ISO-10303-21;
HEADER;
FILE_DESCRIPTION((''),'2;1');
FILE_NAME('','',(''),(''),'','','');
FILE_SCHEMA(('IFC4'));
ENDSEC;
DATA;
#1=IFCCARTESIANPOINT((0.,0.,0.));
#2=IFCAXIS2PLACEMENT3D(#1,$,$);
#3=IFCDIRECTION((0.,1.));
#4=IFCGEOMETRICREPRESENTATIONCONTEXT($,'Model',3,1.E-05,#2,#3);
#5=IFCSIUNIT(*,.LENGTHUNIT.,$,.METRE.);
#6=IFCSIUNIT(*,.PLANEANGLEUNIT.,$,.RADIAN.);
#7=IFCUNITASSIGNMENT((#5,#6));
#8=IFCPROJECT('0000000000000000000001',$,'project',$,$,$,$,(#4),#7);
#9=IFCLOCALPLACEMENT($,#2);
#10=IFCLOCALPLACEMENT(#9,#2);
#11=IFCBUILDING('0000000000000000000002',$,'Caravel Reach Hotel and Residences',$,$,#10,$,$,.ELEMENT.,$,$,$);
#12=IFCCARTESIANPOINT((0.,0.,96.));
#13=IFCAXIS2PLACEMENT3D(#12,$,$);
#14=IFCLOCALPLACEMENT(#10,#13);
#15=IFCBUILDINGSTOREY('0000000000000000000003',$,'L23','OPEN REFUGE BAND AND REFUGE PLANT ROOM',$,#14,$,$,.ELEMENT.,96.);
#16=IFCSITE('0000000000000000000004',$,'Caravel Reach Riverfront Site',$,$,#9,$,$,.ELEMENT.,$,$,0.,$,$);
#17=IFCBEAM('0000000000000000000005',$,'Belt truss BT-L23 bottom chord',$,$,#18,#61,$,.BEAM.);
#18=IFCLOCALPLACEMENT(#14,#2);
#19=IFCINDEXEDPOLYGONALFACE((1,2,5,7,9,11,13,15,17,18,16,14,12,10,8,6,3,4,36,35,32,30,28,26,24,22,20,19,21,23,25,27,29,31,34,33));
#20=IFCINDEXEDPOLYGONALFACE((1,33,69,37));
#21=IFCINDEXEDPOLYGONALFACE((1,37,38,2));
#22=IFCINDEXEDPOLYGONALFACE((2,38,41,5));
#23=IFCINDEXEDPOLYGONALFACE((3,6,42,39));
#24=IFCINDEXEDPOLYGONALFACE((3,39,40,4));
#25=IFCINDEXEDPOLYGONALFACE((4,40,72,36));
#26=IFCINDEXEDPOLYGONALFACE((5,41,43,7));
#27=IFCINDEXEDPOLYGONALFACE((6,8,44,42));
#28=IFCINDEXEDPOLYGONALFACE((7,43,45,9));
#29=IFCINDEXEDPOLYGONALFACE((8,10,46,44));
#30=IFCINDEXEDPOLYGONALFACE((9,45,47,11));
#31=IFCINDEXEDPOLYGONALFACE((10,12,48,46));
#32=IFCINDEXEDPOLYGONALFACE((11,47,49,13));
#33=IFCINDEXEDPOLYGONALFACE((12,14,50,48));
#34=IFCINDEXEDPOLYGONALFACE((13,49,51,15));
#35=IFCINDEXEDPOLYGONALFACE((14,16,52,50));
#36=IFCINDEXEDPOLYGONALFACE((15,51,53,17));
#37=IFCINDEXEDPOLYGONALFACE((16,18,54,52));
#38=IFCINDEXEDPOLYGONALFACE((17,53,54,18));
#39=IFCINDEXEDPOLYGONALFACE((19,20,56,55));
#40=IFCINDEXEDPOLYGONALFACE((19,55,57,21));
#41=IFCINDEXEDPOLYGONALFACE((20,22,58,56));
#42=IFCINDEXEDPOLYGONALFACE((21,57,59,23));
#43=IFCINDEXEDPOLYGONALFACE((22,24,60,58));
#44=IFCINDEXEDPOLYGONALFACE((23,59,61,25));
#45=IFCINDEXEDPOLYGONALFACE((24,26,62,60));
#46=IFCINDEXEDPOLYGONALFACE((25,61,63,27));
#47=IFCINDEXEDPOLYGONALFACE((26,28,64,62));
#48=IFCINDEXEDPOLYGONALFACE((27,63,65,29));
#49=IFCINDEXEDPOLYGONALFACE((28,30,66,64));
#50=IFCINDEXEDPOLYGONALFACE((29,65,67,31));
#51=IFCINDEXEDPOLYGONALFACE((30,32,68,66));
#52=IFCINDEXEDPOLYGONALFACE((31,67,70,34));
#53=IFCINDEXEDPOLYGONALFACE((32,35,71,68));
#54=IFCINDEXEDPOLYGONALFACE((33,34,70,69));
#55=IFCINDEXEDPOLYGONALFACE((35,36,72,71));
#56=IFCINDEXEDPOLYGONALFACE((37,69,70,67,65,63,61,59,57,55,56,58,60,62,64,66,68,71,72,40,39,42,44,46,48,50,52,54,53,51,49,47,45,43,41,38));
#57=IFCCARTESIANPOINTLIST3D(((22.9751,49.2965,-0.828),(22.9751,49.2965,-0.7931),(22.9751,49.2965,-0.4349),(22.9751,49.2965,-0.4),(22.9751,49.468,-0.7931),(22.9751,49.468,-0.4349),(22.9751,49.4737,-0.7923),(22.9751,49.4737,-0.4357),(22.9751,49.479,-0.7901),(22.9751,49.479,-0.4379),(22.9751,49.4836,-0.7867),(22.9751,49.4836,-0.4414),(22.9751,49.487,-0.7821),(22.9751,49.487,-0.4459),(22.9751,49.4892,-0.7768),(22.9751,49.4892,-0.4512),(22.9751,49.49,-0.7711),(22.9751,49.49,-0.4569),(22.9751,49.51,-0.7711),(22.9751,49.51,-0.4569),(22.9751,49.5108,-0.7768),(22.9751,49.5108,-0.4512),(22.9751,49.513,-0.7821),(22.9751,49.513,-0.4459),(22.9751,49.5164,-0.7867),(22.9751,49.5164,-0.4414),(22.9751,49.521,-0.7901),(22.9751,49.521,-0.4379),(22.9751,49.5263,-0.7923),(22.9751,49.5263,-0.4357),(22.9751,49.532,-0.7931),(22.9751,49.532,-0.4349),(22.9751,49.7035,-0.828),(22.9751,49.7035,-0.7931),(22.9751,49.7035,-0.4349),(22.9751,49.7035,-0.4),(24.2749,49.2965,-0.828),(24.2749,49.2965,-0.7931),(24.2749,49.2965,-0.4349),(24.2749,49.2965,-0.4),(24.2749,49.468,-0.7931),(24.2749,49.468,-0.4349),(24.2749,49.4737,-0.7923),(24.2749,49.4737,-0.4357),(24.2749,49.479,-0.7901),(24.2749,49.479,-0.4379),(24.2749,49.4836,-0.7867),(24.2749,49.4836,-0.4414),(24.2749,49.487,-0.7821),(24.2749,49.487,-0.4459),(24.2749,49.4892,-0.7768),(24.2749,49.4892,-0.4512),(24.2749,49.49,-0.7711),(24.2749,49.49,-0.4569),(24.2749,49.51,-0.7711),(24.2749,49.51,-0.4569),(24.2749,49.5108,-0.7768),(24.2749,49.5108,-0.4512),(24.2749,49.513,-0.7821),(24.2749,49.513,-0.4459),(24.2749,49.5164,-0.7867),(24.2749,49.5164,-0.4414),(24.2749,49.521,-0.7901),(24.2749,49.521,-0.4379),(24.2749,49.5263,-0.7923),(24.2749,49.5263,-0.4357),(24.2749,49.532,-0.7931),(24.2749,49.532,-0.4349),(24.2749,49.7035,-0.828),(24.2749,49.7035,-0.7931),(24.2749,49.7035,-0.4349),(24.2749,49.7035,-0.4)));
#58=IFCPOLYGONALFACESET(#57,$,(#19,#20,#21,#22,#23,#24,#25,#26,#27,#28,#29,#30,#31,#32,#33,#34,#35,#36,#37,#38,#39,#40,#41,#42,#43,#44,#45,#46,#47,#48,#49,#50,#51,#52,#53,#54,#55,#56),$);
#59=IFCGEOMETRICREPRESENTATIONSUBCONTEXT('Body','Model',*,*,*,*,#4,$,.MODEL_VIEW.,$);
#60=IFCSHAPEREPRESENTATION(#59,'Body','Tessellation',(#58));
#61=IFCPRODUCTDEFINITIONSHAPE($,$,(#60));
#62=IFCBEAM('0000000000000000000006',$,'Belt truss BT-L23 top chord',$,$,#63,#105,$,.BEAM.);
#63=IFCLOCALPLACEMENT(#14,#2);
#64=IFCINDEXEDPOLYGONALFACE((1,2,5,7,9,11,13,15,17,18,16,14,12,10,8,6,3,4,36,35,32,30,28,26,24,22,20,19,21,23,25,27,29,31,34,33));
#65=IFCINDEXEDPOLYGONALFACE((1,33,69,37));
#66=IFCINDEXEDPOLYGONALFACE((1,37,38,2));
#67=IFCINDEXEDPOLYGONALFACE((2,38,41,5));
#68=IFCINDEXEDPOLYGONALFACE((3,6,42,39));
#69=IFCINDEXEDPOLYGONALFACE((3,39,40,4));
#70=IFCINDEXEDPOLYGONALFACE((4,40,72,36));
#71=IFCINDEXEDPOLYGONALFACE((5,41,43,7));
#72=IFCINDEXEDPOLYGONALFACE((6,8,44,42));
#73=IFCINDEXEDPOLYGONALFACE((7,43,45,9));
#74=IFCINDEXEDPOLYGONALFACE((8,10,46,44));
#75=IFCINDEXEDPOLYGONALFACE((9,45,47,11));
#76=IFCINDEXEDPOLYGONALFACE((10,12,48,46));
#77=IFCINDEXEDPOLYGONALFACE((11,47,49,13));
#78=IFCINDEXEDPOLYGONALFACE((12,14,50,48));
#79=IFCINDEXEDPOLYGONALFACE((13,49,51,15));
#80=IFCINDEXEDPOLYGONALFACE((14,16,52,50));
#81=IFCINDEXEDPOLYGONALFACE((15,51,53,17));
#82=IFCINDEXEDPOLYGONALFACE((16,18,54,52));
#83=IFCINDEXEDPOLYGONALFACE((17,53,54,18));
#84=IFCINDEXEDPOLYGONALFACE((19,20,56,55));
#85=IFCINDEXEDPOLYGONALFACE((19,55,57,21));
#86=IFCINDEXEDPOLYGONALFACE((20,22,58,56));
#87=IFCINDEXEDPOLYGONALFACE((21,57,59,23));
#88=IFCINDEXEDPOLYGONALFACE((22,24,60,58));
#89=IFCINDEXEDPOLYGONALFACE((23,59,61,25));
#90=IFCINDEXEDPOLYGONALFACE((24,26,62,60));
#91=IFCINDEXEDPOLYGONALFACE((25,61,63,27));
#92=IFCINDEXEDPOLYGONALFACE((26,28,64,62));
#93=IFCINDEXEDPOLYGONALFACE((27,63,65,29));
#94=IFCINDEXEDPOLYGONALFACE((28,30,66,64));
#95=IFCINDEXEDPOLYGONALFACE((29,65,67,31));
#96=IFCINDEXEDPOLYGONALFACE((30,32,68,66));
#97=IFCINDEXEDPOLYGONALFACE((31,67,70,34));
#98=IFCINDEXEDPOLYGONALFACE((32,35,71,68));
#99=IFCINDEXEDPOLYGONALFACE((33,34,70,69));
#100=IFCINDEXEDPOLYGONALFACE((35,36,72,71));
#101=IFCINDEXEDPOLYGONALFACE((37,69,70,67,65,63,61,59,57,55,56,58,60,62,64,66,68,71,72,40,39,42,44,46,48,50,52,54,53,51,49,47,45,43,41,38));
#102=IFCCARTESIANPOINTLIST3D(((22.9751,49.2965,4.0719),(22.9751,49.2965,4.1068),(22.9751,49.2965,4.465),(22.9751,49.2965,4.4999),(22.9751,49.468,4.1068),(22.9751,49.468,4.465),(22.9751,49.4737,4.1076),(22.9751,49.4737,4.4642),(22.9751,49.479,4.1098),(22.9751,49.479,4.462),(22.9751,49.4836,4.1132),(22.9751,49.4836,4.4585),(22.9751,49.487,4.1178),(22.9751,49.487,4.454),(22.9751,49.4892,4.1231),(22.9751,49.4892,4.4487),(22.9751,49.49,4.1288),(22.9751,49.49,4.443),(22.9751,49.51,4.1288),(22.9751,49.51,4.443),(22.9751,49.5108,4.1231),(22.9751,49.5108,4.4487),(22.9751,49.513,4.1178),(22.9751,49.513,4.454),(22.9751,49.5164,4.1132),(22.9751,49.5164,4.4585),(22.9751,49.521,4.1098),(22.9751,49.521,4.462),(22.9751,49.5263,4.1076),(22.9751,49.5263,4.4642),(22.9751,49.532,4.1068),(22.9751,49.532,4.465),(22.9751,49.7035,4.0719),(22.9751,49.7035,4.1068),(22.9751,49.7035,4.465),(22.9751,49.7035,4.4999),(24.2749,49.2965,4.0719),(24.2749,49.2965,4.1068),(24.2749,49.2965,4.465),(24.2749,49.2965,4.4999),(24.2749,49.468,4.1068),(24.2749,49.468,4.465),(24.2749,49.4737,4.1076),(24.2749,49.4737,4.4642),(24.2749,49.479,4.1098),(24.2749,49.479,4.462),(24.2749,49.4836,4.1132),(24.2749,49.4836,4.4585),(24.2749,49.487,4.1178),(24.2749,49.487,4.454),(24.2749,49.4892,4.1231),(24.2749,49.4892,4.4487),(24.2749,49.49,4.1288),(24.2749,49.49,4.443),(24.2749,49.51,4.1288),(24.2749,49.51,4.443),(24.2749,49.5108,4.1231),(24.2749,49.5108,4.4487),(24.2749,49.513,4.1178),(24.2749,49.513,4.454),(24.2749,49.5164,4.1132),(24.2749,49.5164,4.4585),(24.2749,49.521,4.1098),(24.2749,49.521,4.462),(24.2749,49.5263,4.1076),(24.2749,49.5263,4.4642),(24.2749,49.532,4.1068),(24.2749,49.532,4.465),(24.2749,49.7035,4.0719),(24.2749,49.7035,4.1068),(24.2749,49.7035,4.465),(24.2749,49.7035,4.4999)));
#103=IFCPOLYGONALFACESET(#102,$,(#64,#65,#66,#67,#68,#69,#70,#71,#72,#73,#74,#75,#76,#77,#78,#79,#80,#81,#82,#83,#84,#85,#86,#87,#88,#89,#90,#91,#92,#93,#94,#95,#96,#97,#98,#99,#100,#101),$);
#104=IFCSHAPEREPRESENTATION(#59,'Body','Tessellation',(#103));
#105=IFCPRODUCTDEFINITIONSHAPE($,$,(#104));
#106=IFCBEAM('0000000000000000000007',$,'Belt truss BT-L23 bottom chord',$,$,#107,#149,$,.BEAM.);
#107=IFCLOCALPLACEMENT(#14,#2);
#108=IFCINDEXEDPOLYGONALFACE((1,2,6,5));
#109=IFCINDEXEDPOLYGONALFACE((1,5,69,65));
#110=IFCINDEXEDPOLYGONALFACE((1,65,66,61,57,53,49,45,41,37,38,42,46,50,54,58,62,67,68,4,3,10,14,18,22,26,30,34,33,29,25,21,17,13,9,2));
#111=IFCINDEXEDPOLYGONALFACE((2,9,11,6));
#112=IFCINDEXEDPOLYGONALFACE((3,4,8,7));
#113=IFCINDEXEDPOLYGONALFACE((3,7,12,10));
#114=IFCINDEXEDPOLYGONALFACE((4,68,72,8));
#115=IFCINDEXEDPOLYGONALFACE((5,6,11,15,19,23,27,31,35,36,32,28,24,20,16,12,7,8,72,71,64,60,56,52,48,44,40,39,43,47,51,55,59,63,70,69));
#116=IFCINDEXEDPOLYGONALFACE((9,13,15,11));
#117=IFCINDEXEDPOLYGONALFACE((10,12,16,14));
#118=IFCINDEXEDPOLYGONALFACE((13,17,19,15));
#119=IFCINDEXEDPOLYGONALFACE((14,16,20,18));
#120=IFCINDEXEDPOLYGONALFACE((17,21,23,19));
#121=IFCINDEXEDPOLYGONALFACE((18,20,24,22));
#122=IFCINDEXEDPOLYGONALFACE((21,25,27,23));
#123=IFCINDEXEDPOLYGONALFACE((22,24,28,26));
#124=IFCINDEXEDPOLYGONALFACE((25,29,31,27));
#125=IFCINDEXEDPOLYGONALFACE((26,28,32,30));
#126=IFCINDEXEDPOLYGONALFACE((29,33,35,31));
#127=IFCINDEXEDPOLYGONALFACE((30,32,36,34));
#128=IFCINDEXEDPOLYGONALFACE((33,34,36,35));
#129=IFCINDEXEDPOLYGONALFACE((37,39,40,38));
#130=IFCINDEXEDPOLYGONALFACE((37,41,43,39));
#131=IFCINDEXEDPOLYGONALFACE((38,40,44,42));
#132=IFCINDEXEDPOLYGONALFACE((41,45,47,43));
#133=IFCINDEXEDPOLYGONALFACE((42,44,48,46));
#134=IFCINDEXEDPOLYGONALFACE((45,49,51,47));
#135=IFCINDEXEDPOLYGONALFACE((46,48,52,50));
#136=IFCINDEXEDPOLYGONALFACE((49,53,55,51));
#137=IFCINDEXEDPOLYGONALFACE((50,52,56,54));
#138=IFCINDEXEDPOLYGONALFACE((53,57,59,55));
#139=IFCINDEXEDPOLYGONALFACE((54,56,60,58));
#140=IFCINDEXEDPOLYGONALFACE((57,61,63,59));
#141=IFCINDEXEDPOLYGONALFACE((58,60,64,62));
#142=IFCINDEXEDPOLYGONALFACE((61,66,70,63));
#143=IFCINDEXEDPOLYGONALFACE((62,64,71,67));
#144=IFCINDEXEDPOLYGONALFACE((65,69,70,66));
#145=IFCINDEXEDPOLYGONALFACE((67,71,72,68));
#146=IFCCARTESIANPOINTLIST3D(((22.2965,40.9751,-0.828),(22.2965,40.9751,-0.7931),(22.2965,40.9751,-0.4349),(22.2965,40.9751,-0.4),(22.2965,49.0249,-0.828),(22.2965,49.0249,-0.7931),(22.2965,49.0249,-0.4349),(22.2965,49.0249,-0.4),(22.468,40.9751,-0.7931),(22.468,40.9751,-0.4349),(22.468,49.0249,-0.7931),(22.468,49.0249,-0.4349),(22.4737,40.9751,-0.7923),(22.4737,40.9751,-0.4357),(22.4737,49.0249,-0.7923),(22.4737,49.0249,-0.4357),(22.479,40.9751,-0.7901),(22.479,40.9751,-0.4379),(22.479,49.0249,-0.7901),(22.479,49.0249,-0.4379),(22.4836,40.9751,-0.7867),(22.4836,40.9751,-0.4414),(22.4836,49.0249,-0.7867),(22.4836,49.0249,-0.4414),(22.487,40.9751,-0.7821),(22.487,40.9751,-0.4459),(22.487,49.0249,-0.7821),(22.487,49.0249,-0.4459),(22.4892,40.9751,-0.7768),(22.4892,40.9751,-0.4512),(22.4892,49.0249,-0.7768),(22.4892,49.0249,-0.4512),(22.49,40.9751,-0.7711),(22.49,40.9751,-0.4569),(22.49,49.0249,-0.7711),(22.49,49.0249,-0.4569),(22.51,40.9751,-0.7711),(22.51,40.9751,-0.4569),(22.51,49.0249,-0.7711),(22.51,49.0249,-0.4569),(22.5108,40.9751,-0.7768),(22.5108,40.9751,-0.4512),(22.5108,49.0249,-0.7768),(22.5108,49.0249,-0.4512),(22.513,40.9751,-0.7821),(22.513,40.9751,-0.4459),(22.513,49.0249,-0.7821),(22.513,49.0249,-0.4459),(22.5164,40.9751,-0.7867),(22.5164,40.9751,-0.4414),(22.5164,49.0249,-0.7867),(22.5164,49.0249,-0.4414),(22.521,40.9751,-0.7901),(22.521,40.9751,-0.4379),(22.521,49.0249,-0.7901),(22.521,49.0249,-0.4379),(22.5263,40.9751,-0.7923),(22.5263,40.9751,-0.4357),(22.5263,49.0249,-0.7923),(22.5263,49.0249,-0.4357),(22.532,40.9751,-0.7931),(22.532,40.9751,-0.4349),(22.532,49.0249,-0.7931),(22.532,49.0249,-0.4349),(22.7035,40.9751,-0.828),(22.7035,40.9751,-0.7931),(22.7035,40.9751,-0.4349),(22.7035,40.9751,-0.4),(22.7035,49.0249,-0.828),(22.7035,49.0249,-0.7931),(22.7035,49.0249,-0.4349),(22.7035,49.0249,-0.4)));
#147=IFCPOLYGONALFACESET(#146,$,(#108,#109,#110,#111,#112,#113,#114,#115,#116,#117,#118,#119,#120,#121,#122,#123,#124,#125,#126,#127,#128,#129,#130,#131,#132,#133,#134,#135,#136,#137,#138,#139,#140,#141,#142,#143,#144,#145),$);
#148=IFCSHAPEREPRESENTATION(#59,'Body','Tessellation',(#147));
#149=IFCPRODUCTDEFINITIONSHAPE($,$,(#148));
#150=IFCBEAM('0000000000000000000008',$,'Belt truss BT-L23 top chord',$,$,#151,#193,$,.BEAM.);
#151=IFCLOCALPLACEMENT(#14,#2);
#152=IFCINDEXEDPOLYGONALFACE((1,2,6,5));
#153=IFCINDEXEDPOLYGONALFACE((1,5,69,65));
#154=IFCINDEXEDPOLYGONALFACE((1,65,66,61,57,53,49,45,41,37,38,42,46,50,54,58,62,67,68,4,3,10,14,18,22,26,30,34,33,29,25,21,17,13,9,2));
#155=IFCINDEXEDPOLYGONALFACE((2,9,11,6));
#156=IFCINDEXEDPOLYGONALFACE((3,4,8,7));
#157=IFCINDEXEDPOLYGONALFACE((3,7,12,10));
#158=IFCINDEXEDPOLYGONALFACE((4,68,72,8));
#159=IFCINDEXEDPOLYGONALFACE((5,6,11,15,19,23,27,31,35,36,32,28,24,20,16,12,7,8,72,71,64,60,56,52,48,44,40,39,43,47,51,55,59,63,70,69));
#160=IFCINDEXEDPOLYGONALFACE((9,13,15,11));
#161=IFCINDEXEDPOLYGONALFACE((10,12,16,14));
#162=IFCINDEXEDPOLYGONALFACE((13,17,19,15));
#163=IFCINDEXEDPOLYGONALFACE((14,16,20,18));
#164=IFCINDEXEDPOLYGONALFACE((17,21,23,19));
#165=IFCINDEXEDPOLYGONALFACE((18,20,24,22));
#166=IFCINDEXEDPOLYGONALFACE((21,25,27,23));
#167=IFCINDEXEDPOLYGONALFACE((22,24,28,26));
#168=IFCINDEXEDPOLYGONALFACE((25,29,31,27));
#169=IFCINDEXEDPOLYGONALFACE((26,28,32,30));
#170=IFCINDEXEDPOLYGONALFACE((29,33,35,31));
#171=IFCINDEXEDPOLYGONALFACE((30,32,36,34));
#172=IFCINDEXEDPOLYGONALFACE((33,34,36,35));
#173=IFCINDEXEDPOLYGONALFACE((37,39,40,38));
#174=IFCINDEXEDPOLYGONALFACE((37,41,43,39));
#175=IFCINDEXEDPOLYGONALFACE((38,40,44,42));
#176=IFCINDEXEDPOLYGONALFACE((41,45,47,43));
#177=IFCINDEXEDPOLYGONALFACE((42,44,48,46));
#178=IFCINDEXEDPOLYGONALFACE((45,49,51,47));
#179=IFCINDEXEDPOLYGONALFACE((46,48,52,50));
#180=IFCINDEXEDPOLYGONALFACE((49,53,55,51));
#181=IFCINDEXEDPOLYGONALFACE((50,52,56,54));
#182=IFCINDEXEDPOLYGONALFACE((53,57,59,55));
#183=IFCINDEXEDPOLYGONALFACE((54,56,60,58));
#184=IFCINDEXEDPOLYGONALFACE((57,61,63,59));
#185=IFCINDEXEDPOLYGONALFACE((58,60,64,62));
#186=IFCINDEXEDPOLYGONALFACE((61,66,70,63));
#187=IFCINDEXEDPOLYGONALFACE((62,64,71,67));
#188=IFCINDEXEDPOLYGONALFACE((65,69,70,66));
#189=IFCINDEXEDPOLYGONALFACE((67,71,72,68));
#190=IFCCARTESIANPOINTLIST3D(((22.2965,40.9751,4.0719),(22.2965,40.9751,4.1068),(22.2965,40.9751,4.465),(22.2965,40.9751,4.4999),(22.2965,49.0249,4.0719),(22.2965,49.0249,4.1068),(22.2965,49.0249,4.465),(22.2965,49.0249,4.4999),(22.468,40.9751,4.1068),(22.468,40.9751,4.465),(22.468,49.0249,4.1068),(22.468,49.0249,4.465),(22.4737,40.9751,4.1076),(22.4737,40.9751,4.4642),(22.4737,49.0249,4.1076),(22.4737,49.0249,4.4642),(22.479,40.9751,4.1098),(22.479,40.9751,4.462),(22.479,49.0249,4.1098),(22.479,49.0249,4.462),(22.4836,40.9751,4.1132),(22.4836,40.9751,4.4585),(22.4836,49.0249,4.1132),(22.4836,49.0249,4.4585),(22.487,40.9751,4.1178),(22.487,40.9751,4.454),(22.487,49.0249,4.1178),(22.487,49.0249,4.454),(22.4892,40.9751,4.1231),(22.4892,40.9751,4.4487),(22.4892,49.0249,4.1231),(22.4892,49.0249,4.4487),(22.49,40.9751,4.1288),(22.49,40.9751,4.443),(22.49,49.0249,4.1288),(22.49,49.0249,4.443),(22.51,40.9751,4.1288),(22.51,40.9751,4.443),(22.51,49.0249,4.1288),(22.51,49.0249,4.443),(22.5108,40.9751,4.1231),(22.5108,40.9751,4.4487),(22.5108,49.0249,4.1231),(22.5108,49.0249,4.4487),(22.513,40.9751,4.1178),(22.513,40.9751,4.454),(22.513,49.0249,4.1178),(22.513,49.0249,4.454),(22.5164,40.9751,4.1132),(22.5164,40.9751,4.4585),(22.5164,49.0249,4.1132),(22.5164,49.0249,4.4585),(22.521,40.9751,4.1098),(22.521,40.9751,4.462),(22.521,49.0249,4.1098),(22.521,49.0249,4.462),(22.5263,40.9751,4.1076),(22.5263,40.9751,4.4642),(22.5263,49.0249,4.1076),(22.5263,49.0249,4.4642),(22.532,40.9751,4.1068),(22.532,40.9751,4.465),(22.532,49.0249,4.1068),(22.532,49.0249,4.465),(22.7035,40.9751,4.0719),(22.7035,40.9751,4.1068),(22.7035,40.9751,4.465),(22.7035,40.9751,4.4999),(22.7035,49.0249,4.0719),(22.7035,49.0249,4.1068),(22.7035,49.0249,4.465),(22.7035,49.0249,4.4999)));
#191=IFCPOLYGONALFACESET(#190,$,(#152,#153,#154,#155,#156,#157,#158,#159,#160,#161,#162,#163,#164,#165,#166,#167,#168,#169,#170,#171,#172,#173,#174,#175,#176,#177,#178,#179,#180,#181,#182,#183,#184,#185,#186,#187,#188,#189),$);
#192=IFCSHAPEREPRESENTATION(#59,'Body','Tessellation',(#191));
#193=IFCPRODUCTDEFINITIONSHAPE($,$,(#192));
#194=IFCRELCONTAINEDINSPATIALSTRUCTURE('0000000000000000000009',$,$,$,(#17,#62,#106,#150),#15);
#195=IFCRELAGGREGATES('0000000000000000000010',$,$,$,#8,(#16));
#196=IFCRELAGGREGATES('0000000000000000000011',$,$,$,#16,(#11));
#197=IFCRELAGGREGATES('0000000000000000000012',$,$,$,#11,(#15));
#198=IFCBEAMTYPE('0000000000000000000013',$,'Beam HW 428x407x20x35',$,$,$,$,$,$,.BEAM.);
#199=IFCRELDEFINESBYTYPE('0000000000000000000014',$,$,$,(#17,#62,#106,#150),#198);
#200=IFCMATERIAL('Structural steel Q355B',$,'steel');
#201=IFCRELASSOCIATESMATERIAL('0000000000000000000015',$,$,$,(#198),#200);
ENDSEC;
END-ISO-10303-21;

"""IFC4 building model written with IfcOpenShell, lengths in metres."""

from ifc_helpers import new_model, si_unit, direction, frame, origin, origin_2d, place, context, subcontext, project, spatial, i_section, extrude, material, material_profile, profile_set, type_object, element, save


model = new_model("IFC4")

# Units and contexts
model_context = context("Model", 3, precision=1e-05, world=origin(), true_north=direction((0.0, 1.0)))
body_context = subcontext(model_context, "Body", "Model", "MODEL_VIEW")
ifc_project = project(units=[si_unit("LENGTHUNIT", "METRE"), si_unit("PLANEANGLEUNIT", "RADIAN")], contexts=[model_context])

# Site, building, storey
site_placement = place(None, origin())
site = spatial("IfcSite", under=ifc_project, at=site_placement, Name="Caravel Reach Riverfront Site", CompositionType="ELEMENT", RefElevation=0.0)
building_placement = place(site_placement, origin())
building = spatial("IfcBuilding", under=site, at=building_placement, Name="Caravel Reach Hotel and Residences", CompositionType="ELEMENT")
storey_placement = place(building_placement, frame((0.0, 0.0, 96.0)))
storey = spatial("IfcBuildingStorey", under=building, at=storey_placement, Name="L23", Description="OPEN REFUGE BAND AND REFUGE PLANT ROOM", CompositionType="ELEMENT", Elevation=96.0)

# Beams
ifc_material_1 = material(Name="Structural steel Q355B", Category="steel")
ifc_material_profile_1 = material_profile(ifc_material_1, i_section(OverallWidth=0.407, OverallDepth=0.428, WebThickness=0.02, FlangeThickness=0.0349, FilletRadius=0.022, at=origin_2d()), Name="HW 428x407x20x35")
ifc_profile_set_1 = profile_set([ifc_material_profile_1], Name="Structural steel Q355B")
beam_type = type_object("IfcBeamType", Name="Beam HW 428x407x20x35", PredefinedType="BEAM", material=ifc_profile_set_1)
for number, where, z_axis, x_axis, name in (
    (1, (24.2749, 49.5, -0.614), (-1.0, 0.0, 0.0), (0.0, -1.0, 0.0), "Belt truss BT-L23 bottom chord"),
    (2, (24.2749, 49.5, 4.2859), (-1.0, 0.0, 0.0), (0.0, -1.0, 0.0), "Belt truss BT-L23 top chord"),
):
    element("IfcBeam", number, at=place(storey_placement, frame(where, z_axis=z_axis, x_axis=x_axis)), inside=storey, type_object=beam_type, Name=name, PredefinedType="BEAM", context=body_context, shape_type="SweptSolid", body=[
        extrude(i_section(OverallWidth=0.407, OverallDepth=0.428, WebThickness=0.02, FlangeThickness=0.0349, FilletRadius=0.022, at=origin_2d()), origin(), (0.0, 0.0, 1.0), 1.2998),
    ])
for number, where, z_axis, x_axis, name in (
    (3, (22.5, 49.0249, -0.614), (0.0, -1.0, 0.0), (1.0, 0.0, 0.0), "Belt truss BT-L23 bottom chord"),
    (4, (22.5, 49.0249, 4.2859), (0.0, -1.0, 0.0), (1.0, 0.0, 0.0), "Belt truss BT-L23 top chord"),
):
    element("IfcBeam", number, at=place(storey_placement, frame(where, z_axis=z_axis, x_axis=x_axis)), inside=storey, type_object=beam_type, Name=name, PredefinedType="BEAM", context=body_context, shape_type="SweptSolid", body=[
        extrude(i_section(OverallWidth=0.407, OverallDepth=0.428, WebThickness=0.02, FlangeThickness=0.0349, FilletRadius=0.022, at=origin_2d()), origin(), (0.0, 0.0, 1.0), 8.0498),
    ])

save(model, "model.ifc")
